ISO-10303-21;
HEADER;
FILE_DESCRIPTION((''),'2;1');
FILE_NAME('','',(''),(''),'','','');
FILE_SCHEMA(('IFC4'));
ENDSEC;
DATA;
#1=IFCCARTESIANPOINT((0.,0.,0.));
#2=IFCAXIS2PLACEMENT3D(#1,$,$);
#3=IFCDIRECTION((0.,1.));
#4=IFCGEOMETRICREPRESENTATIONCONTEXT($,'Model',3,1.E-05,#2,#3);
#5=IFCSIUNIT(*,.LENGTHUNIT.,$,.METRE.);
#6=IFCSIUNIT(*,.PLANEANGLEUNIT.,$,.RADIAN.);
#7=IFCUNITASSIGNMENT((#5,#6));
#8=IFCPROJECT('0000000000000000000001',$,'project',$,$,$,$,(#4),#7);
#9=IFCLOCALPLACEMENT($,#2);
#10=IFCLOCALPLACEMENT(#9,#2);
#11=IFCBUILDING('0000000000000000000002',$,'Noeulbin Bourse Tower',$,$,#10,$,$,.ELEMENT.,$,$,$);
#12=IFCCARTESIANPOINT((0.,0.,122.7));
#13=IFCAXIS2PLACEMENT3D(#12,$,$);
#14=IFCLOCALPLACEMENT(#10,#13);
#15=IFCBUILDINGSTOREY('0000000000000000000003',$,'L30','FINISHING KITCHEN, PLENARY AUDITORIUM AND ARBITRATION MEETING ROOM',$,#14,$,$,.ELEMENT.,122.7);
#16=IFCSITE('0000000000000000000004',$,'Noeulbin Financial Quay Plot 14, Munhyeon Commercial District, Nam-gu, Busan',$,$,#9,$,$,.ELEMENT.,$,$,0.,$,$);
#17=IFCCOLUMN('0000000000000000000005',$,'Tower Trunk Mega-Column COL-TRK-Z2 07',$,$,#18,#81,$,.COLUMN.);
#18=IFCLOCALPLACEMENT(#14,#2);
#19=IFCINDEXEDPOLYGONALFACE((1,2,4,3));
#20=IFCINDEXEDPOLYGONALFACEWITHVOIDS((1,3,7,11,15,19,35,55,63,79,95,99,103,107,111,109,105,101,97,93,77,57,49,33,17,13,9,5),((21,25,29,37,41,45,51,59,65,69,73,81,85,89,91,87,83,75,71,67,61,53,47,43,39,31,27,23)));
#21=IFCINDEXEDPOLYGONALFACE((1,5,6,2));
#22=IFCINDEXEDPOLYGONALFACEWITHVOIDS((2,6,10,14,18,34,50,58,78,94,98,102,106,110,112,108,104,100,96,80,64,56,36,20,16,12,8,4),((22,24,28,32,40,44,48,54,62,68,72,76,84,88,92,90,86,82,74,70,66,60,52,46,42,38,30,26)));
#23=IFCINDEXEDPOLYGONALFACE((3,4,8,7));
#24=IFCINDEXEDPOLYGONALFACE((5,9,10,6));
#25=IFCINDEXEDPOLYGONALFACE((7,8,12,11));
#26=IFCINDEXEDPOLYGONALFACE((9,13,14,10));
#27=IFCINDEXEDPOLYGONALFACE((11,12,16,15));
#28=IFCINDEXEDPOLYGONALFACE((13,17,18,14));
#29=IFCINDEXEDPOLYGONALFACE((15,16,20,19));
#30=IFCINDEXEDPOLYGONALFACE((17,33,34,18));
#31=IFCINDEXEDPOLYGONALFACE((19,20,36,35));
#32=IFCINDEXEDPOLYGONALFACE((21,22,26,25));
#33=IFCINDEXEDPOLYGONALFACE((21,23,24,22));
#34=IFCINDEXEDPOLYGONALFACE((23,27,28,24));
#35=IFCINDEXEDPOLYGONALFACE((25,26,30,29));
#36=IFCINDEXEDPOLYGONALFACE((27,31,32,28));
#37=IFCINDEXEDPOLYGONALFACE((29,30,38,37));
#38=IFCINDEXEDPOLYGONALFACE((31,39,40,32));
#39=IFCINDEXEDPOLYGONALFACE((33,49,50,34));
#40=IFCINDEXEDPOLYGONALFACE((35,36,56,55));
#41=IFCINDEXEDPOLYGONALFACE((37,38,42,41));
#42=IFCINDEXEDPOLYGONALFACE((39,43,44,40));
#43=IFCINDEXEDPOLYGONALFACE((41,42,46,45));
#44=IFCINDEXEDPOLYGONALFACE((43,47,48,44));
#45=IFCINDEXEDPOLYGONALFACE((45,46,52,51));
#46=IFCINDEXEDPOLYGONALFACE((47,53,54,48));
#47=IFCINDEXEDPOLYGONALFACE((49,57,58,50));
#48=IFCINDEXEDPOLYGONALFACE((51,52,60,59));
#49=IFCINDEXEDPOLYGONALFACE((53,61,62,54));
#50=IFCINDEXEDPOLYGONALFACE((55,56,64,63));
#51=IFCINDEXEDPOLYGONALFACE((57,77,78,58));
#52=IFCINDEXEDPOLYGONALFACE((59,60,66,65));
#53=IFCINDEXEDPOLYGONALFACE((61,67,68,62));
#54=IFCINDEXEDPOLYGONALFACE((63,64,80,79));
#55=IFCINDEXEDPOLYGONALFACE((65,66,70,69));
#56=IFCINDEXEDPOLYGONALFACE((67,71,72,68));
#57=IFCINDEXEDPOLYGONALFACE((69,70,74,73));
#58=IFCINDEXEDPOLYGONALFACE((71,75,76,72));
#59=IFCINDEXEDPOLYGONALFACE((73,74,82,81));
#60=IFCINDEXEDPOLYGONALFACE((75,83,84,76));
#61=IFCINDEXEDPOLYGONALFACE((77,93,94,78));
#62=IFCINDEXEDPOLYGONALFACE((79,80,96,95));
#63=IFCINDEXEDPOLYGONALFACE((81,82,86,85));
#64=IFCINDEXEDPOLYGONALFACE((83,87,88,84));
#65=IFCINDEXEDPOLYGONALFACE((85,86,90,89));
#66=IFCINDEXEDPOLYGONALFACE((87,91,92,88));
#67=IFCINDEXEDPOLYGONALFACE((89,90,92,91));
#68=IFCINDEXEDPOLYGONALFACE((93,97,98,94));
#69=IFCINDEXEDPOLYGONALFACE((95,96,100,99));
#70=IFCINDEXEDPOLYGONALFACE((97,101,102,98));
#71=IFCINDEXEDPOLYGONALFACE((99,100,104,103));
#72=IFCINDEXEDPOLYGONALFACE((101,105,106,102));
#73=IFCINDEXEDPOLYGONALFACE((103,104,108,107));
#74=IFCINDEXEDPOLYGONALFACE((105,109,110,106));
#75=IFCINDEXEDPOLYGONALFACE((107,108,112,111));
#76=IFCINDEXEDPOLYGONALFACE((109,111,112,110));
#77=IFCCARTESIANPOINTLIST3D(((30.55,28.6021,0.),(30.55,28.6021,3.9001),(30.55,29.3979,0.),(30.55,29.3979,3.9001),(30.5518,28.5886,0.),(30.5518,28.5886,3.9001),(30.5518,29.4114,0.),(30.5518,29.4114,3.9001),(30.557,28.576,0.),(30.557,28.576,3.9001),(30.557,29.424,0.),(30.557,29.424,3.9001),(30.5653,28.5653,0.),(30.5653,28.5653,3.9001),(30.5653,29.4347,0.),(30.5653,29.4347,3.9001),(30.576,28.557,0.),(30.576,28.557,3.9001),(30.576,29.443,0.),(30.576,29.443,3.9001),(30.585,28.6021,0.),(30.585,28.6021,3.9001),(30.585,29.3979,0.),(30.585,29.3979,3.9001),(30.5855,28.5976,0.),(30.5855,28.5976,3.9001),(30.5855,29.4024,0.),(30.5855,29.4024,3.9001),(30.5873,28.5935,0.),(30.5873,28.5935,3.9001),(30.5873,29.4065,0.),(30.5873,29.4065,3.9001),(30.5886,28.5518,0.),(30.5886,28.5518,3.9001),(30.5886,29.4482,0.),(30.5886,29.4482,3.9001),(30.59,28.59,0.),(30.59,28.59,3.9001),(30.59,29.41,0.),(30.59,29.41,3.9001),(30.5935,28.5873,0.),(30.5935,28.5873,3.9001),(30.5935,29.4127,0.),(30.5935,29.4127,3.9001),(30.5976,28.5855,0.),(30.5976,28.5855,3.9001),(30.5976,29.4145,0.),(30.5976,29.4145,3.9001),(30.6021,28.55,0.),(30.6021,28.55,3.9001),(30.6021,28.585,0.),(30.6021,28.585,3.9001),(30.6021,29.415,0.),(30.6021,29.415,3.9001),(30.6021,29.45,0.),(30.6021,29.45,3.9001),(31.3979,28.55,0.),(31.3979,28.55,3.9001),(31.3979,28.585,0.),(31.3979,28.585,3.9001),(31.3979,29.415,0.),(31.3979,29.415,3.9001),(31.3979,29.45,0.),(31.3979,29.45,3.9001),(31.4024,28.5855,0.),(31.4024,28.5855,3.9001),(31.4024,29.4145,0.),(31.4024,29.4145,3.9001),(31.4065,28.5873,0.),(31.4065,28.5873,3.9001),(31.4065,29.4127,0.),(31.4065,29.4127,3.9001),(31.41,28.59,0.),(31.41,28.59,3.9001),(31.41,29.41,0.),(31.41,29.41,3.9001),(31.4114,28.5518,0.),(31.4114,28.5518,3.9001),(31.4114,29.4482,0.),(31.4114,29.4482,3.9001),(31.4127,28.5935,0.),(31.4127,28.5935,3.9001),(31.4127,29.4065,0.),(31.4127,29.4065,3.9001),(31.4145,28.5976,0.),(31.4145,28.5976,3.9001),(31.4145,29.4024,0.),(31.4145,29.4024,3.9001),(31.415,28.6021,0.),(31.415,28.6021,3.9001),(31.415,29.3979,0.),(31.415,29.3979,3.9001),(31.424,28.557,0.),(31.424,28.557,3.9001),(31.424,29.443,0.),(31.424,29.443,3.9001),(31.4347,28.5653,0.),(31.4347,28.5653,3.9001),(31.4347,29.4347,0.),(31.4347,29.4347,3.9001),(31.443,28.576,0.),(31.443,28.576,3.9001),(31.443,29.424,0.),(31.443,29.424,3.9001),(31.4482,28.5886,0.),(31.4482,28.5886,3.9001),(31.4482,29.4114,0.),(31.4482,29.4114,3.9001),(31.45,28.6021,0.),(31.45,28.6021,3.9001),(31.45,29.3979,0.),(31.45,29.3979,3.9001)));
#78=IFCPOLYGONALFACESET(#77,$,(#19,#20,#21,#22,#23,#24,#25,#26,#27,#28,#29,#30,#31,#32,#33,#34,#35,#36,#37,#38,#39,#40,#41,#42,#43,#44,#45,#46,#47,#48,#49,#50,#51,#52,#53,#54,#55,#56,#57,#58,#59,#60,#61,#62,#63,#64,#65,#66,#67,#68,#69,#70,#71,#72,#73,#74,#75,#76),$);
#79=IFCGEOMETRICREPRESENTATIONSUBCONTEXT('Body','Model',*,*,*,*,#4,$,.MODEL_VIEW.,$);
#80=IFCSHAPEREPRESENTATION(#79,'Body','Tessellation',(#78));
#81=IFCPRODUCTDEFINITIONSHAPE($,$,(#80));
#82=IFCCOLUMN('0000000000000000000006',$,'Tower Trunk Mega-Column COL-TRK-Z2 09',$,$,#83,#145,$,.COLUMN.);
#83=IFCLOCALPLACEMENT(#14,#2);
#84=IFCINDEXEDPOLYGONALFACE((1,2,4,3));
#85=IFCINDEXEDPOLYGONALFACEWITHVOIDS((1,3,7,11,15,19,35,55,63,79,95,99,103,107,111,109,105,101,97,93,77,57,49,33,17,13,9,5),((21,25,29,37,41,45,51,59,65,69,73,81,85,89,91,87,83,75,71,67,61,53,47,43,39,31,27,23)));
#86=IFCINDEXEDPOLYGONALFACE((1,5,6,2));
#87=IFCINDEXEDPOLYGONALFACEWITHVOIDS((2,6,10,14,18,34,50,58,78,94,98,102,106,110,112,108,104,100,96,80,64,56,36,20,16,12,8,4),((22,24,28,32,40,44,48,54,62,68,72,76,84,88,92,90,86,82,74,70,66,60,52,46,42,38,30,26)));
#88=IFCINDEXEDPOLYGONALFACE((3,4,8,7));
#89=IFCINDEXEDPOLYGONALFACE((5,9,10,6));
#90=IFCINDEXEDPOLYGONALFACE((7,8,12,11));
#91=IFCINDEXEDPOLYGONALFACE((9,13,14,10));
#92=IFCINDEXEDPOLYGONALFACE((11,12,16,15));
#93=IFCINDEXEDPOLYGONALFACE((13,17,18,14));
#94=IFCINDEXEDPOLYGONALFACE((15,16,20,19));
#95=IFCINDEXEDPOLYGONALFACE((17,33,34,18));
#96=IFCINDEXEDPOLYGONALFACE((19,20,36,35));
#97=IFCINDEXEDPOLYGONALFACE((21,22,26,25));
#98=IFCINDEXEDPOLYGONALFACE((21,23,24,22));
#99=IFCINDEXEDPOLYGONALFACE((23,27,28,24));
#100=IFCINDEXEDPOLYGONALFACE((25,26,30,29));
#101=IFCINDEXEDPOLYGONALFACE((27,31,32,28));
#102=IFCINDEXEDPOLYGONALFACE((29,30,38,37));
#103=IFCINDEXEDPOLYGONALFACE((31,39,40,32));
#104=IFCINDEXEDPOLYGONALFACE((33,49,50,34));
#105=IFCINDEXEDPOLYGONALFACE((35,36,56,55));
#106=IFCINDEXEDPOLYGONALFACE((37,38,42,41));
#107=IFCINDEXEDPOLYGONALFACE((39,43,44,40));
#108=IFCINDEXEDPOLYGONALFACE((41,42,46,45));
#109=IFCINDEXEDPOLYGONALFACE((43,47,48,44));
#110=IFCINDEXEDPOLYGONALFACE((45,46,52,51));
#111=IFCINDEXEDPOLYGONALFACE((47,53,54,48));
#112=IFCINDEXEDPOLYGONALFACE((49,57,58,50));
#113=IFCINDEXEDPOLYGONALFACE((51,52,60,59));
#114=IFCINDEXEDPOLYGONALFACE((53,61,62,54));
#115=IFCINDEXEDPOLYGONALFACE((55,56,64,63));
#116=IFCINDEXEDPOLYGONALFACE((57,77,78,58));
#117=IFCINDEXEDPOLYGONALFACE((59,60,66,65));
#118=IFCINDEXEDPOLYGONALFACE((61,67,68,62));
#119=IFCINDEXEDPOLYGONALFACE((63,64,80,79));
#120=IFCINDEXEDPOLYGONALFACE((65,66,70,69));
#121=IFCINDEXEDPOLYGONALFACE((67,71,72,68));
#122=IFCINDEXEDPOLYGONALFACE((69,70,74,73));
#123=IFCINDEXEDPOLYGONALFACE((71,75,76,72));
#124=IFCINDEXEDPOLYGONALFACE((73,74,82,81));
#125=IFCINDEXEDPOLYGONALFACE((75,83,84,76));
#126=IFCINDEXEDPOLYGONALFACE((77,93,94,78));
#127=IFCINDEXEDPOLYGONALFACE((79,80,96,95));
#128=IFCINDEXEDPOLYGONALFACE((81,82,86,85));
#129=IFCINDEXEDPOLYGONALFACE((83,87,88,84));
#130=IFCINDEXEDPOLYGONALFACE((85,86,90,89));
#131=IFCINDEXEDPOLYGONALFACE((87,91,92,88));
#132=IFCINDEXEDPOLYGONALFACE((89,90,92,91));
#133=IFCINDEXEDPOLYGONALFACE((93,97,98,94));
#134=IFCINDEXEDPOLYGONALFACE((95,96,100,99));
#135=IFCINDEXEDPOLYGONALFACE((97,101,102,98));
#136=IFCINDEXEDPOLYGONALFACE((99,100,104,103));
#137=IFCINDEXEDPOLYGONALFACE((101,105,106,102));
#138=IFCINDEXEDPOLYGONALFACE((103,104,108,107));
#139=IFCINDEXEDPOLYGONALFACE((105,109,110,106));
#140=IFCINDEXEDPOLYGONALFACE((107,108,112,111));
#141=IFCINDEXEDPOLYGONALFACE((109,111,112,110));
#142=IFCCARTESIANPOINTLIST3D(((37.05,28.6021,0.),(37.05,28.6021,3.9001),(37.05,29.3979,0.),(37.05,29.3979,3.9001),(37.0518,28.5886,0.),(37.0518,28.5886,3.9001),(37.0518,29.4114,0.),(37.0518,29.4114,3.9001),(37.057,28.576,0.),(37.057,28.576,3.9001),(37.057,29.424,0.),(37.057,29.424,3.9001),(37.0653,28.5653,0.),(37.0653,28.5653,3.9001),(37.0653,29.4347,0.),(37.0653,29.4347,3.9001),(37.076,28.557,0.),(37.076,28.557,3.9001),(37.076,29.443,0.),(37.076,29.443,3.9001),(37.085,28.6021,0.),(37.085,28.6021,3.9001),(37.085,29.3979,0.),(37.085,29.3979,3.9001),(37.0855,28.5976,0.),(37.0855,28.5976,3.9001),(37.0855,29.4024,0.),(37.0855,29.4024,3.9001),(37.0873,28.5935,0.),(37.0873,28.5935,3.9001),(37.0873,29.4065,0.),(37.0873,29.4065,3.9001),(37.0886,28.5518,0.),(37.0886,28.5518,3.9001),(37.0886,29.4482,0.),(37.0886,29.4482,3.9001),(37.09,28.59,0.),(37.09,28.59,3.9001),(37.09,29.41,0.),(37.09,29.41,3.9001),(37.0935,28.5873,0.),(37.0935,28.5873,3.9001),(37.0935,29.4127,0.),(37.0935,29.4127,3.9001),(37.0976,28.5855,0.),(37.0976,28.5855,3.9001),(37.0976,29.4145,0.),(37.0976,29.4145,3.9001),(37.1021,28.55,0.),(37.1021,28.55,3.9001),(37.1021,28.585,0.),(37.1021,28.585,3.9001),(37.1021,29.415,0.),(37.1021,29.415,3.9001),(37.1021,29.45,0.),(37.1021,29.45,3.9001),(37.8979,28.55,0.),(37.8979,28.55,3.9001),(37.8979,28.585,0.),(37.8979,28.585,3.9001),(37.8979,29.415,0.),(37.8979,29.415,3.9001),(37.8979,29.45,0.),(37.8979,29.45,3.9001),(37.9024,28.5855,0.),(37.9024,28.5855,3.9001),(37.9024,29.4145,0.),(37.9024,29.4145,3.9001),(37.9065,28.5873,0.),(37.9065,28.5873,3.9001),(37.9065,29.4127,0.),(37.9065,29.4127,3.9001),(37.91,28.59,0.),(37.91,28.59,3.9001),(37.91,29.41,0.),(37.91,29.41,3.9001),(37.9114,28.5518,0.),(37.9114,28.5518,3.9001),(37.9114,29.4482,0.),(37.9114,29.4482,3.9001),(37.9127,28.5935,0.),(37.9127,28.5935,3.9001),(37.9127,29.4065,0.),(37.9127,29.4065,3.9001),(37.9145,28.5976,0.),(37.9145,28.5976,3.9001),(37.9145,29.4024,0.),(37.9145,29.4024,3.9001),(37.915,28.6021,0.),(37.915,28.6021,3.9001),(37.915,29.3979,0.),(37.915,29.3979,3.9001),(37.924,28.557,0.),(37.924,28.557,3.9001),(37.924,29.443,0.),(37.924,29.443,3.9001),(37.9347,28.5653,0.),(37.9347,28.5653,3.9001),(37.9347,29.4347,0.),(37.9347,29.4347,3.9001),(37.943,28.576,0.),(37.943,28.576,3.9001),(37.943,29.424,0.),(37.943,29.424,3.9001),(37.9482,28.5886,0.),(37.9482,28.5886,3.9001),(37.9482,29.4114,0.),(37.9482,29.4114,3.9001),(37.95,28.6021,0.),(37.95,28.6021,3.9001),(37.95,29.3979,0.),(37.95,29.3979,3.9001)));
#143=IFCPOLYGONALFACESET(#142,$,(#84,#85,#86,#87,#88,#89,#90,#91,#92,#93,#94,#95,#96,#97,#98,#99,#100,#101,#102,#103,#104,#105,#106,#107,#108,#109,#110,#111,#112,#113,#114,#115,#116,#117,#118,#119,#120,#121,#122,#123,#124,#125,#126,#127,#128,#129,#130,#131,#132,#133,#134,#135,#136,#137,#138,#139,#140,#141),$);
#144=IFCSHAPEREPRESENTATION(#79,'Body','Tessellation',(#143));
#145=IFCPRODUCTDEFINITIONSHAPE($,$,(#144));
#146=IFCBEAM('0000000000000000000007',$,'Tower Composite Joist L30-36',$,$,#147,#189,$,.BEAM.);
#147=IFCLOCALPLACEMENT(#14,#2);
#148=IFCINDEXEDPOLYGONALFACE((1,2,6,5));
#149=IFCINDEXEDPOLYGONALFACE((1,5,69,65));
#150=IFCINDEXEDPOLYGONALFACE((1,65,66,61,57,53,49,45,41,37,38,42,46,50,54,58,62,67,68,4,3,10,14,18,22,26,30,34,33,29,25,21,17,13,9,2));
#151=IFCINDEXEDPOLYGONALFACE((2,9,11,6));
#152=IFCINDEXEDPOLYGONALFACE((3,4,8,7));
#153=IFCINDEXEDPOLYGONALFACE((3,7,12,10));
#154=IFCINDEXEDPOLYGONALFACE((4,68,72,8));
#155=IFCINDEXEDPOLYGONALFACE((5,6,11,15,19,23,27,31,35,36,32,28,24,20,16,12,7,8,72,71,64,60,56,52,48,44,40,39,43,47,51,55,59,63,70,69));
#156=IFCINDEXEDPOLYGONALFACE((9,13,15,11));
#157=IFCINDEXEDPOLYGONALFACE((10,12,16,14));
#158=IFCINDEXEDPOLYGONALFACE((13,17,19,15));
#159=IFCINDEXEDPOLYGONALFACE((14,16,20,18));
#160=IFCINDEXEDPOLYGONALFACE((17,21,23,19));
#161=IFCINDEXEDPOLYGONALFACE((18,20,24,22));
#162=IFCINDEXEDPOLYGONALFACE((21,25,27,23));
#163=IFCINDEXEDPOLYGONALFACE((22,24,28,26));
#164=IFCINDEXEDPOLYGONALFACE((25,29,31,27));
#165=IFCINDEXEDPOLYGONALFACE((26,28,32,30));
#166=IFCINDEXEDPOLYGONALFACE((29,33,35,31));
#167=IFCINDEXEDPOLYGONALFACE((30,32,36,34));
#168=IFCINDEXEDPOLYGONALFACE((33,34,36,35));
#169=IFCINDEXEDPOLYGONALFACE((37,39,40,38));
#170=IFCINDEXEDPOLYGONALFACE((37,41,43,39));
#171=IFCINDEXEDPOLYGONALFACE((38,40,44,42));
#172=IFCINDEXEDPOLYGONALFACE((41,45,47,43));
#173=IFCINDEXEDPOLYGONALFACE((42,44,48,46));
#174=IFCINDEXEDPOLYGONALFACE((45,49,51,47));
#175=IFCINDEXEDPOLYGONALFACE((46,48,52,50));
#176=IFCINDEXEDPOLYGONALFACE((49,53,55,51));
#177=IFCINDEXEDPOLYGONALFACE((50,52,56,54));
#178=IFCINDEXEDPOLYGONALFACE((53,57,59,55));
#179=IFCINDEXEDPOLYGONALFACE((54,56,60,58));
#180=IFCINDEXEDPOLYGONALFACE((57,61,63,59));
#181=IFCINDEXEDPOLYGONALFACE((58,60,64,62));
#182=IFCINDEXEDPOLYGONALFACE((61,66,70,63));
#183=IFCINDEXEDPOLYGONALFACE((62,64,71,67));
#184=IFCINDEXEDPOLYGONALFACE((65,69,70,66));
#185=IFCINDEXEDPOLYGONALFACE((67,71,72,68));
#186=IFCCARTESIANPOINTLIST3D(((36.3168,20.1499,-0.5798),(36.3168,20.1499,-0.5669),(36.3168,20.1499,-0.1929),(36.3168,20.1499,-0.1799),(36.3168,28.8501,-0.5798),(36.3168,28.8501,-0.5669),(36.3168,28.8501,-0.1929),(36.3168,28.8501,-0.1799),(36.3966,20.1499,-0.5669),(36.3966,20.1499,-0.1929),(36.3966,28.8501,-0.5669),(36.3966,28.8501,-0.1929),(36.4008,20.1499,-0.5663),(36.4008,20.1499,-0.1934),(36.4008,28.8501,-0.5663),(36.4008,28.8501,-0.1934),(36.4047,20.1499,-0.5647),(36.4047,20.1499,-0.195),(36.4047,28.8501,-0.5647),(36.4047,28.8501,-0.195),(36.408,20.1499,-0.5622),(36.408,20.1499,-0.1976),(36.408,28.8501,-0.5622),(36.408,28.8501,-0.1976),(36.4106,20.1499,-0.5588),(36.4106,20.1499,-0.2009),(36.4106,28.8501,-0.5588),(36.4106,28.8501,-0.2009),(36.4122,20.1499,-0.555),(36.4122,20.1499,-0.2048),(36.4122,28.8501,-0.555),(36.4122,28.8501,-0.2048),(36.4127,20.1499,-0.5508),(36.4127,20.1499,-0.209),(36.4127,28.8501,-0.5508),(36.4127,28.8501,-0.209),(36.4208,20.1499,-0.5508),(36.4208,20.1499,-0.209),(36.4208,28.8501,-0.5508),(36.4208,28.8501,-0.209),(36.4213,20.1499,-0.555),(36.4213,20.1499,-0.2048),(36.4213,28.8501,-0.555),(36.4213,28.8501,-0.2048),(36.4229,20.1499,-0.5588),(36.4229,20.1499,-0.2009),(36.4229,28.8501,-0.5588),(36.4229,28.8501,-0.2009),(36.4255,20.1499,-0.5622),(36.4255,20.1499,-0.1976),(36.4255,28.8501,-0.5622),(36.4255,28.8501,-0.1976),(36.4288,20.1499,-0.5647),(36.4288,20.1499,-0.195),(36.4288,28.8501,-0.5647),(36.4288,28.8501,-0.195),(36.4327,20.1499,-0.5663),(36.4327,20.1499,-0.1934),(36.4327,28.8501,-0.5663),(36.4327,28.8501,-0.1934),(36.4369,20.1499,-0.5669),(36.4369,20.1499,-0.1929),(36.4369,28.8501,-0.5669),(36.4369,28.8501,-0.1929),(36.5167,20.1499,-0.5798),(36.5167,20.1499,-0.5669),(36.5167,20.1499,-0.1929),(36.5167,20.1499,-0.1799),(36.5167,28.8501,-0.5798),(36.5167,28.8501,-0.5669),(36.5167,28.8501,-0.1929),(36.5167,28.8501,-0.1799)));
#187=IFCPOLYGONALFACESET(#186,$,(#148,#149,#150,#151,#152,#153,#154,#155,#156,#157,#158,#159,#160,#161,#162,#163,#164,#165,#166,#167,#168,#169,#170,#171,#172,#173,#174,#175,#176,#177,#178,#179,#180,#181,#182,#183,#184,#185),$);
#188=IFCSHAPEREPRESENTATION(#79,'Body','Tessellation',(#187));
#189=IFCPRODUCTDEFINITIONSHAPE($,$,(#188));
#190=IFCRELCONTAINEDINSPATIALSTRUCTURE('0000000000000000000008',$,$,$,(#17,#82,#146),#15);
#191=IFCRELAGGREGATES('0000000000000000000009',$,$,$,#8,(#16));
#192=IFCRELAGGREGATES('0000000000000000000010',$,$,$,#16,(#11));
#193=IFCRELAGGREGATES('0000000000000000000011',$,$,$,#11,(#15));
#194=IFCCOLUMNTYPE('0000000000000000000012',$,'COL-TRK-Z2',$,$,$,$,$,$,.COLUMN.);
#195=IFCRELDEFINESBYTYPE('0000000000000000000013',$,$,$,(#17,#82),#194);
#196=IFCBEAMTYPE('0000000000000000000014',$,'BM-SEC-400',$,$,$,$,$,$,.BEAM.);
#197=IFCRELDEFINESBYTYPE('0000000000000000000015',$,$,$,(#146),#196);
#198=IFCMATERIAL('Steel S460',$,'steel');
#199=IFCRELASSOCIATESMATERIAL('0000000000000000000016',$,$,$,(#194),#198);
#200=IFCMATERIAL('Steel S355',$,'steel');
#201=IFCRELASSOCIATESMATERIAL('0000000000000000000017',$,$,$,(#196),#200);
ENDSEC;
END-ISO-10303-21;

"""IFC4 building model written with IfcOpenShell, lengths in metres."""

from ifc_helpers import new_model, si_unit, direction, frame, origin, origin_2d, place, context, subcontext, project, spatial, hollow_rectangle, i_section, extrude, material, material_profile, profile_set, type_object, element, save


model = new_model("IFC4")

# Units and contexts
model_context = context("Model", 3, precision=1e-05, world=origin(), true_north=direction((0.0, 1.0)))
body_context = subcontext(model_context, "Body", "Model", "MODEL_VIEW")
ifc_project = project(units=[si_unit("LENGTHUNIT", "METRE"), si_unit("PLANEANGLEUNIT", "RADIAN")], contexts=[model_context])

# Site, building, storey
site_placement = place(None, origin())
site = spatial("IfcSite", under=ifc_project, at=site_placement, Name="Noeulbin Financial Quay Plot 14, Munhyeon Commercial District, Nam-gu, Busan", CompositionType="ELEMENT", RefElevation=0.0)
building_placement = place(site_placement, origin())
building = spatial("IfcBuilding", under=site, at=building_placement, Name="Noeulbin Bourse Tower", CompositionType="ELEMENT")
storey_placement = place(building_placement, frame((0.0, 0.0, 122.7)))
storey = spatial("IfcBuildingStorey", under=building, at=storey_placement, Name="L30", Description="FINISHING KITCHEN, PLENARY AUDITORIUM AND ARBITRATION MEETING ROOM", CompositionType="ELEMENT", Elevation=122.7)

# Columns
ifc_material_1 = material(Name="Steel S460", Category="steel")
ifc_material_profile_1 = material_profile(ifc_material_1, hollow_rectangle(XDim=0.8999, YDim=0.8999, WallThickness=0.0349, InnerFilletRadius=0.0171, OuterFilletRadius=0.052, at=origin_2d()), Name="BOX-900x900x35", Category="LoadBearing")
ifc_profile_set_1 = profile_set([ifc_material_profile_1], Name="Steel S460")
column_type = type_object("IfcColumnType", Name="COL-TRK-Z2", PredefinedType="COLUMN", material=ifc_profile_set_1)
for number, where, z_axis, x_axis, name in (
    (1, (31.0, 29.0, 0.0), (0.0, 0.0, 1.0), (1.0, 0.0, 0.0), "Tower Trunk Mega-Column COL-TRK-Z2 07"),
    (2, (37.5, 29.0, 0.0), (0.0, 0.0, 1.0), (1.0, 0.0, 0.0), "Tower Trunk Mega-Column COL-TRK-Z2 09"),
):
    element("IfcColumn", number, at=place(storey_placement, frame(where, z_axis=z_axis, x_axis=x_axis)), inside=storey, type_object=column_type, Name=name, PredefinedType="COLUMN", context=body_context, shape_type="SweptSolid", body=[
        extrude(hollow_rectangle(XDim=0.8999, YDim=0.8999, WallThickness=0.0349, InnerFilletRadius=0.0171, OuterFilletRadius=0.052, at=origin_2d()), origin(), (0.0, 0.0, 1.0), 3.9001),
    ])

# Beam
ifc_material_2 = material(Name="Steel S355", Category="steel")
ifc_material_profile_2 = material_profile(ifc_material_2, i_section(OverallWidth=0.2, OverallDepth=0.3999, WebThickness=0.0081, FlangeThickness=0.0129, FilletRadius=0.0161, at=origin_2d()), Name="H-400x200x8x13", Category="LoadBearing")
ifc_profile_set_2 = profile_set([ifc_material_profile_2], Name="Steel S355")
beam_type = type_object("IfcBeamType", Name="BM-SEC-400", PredefinedType="BEAM", material=ifc_profile_set_2)
for number, where, z_axis, x_axis, name in (
    (3, (36.4167, 20.1499, -0.3799), (0.0, 1.0, 0.0), (-1.0, 0.0, 0.0), "Tower Composite Joist L30-36"),
):
    element("IfcBeam", number, at=place(storey_placement, frame(where, z_axis=z_axis, x_axis=x_axis)), inside=storey, type_object=beam_type, Name=name, PredefinedType="BEAM", context=body_context, shape_type="SweptSolid", body=[
        extrude(i_section(OverallWidth=0.2, OverallDepth=0.3999, WebThickness=0.0081, FlangeThickness=0.0129, FilletRadius=0.0161, at=origin_2d()), origin(), (0.0, 0.0, 1.0), 8.7002),
    ])

save(model, "model.ifc")
